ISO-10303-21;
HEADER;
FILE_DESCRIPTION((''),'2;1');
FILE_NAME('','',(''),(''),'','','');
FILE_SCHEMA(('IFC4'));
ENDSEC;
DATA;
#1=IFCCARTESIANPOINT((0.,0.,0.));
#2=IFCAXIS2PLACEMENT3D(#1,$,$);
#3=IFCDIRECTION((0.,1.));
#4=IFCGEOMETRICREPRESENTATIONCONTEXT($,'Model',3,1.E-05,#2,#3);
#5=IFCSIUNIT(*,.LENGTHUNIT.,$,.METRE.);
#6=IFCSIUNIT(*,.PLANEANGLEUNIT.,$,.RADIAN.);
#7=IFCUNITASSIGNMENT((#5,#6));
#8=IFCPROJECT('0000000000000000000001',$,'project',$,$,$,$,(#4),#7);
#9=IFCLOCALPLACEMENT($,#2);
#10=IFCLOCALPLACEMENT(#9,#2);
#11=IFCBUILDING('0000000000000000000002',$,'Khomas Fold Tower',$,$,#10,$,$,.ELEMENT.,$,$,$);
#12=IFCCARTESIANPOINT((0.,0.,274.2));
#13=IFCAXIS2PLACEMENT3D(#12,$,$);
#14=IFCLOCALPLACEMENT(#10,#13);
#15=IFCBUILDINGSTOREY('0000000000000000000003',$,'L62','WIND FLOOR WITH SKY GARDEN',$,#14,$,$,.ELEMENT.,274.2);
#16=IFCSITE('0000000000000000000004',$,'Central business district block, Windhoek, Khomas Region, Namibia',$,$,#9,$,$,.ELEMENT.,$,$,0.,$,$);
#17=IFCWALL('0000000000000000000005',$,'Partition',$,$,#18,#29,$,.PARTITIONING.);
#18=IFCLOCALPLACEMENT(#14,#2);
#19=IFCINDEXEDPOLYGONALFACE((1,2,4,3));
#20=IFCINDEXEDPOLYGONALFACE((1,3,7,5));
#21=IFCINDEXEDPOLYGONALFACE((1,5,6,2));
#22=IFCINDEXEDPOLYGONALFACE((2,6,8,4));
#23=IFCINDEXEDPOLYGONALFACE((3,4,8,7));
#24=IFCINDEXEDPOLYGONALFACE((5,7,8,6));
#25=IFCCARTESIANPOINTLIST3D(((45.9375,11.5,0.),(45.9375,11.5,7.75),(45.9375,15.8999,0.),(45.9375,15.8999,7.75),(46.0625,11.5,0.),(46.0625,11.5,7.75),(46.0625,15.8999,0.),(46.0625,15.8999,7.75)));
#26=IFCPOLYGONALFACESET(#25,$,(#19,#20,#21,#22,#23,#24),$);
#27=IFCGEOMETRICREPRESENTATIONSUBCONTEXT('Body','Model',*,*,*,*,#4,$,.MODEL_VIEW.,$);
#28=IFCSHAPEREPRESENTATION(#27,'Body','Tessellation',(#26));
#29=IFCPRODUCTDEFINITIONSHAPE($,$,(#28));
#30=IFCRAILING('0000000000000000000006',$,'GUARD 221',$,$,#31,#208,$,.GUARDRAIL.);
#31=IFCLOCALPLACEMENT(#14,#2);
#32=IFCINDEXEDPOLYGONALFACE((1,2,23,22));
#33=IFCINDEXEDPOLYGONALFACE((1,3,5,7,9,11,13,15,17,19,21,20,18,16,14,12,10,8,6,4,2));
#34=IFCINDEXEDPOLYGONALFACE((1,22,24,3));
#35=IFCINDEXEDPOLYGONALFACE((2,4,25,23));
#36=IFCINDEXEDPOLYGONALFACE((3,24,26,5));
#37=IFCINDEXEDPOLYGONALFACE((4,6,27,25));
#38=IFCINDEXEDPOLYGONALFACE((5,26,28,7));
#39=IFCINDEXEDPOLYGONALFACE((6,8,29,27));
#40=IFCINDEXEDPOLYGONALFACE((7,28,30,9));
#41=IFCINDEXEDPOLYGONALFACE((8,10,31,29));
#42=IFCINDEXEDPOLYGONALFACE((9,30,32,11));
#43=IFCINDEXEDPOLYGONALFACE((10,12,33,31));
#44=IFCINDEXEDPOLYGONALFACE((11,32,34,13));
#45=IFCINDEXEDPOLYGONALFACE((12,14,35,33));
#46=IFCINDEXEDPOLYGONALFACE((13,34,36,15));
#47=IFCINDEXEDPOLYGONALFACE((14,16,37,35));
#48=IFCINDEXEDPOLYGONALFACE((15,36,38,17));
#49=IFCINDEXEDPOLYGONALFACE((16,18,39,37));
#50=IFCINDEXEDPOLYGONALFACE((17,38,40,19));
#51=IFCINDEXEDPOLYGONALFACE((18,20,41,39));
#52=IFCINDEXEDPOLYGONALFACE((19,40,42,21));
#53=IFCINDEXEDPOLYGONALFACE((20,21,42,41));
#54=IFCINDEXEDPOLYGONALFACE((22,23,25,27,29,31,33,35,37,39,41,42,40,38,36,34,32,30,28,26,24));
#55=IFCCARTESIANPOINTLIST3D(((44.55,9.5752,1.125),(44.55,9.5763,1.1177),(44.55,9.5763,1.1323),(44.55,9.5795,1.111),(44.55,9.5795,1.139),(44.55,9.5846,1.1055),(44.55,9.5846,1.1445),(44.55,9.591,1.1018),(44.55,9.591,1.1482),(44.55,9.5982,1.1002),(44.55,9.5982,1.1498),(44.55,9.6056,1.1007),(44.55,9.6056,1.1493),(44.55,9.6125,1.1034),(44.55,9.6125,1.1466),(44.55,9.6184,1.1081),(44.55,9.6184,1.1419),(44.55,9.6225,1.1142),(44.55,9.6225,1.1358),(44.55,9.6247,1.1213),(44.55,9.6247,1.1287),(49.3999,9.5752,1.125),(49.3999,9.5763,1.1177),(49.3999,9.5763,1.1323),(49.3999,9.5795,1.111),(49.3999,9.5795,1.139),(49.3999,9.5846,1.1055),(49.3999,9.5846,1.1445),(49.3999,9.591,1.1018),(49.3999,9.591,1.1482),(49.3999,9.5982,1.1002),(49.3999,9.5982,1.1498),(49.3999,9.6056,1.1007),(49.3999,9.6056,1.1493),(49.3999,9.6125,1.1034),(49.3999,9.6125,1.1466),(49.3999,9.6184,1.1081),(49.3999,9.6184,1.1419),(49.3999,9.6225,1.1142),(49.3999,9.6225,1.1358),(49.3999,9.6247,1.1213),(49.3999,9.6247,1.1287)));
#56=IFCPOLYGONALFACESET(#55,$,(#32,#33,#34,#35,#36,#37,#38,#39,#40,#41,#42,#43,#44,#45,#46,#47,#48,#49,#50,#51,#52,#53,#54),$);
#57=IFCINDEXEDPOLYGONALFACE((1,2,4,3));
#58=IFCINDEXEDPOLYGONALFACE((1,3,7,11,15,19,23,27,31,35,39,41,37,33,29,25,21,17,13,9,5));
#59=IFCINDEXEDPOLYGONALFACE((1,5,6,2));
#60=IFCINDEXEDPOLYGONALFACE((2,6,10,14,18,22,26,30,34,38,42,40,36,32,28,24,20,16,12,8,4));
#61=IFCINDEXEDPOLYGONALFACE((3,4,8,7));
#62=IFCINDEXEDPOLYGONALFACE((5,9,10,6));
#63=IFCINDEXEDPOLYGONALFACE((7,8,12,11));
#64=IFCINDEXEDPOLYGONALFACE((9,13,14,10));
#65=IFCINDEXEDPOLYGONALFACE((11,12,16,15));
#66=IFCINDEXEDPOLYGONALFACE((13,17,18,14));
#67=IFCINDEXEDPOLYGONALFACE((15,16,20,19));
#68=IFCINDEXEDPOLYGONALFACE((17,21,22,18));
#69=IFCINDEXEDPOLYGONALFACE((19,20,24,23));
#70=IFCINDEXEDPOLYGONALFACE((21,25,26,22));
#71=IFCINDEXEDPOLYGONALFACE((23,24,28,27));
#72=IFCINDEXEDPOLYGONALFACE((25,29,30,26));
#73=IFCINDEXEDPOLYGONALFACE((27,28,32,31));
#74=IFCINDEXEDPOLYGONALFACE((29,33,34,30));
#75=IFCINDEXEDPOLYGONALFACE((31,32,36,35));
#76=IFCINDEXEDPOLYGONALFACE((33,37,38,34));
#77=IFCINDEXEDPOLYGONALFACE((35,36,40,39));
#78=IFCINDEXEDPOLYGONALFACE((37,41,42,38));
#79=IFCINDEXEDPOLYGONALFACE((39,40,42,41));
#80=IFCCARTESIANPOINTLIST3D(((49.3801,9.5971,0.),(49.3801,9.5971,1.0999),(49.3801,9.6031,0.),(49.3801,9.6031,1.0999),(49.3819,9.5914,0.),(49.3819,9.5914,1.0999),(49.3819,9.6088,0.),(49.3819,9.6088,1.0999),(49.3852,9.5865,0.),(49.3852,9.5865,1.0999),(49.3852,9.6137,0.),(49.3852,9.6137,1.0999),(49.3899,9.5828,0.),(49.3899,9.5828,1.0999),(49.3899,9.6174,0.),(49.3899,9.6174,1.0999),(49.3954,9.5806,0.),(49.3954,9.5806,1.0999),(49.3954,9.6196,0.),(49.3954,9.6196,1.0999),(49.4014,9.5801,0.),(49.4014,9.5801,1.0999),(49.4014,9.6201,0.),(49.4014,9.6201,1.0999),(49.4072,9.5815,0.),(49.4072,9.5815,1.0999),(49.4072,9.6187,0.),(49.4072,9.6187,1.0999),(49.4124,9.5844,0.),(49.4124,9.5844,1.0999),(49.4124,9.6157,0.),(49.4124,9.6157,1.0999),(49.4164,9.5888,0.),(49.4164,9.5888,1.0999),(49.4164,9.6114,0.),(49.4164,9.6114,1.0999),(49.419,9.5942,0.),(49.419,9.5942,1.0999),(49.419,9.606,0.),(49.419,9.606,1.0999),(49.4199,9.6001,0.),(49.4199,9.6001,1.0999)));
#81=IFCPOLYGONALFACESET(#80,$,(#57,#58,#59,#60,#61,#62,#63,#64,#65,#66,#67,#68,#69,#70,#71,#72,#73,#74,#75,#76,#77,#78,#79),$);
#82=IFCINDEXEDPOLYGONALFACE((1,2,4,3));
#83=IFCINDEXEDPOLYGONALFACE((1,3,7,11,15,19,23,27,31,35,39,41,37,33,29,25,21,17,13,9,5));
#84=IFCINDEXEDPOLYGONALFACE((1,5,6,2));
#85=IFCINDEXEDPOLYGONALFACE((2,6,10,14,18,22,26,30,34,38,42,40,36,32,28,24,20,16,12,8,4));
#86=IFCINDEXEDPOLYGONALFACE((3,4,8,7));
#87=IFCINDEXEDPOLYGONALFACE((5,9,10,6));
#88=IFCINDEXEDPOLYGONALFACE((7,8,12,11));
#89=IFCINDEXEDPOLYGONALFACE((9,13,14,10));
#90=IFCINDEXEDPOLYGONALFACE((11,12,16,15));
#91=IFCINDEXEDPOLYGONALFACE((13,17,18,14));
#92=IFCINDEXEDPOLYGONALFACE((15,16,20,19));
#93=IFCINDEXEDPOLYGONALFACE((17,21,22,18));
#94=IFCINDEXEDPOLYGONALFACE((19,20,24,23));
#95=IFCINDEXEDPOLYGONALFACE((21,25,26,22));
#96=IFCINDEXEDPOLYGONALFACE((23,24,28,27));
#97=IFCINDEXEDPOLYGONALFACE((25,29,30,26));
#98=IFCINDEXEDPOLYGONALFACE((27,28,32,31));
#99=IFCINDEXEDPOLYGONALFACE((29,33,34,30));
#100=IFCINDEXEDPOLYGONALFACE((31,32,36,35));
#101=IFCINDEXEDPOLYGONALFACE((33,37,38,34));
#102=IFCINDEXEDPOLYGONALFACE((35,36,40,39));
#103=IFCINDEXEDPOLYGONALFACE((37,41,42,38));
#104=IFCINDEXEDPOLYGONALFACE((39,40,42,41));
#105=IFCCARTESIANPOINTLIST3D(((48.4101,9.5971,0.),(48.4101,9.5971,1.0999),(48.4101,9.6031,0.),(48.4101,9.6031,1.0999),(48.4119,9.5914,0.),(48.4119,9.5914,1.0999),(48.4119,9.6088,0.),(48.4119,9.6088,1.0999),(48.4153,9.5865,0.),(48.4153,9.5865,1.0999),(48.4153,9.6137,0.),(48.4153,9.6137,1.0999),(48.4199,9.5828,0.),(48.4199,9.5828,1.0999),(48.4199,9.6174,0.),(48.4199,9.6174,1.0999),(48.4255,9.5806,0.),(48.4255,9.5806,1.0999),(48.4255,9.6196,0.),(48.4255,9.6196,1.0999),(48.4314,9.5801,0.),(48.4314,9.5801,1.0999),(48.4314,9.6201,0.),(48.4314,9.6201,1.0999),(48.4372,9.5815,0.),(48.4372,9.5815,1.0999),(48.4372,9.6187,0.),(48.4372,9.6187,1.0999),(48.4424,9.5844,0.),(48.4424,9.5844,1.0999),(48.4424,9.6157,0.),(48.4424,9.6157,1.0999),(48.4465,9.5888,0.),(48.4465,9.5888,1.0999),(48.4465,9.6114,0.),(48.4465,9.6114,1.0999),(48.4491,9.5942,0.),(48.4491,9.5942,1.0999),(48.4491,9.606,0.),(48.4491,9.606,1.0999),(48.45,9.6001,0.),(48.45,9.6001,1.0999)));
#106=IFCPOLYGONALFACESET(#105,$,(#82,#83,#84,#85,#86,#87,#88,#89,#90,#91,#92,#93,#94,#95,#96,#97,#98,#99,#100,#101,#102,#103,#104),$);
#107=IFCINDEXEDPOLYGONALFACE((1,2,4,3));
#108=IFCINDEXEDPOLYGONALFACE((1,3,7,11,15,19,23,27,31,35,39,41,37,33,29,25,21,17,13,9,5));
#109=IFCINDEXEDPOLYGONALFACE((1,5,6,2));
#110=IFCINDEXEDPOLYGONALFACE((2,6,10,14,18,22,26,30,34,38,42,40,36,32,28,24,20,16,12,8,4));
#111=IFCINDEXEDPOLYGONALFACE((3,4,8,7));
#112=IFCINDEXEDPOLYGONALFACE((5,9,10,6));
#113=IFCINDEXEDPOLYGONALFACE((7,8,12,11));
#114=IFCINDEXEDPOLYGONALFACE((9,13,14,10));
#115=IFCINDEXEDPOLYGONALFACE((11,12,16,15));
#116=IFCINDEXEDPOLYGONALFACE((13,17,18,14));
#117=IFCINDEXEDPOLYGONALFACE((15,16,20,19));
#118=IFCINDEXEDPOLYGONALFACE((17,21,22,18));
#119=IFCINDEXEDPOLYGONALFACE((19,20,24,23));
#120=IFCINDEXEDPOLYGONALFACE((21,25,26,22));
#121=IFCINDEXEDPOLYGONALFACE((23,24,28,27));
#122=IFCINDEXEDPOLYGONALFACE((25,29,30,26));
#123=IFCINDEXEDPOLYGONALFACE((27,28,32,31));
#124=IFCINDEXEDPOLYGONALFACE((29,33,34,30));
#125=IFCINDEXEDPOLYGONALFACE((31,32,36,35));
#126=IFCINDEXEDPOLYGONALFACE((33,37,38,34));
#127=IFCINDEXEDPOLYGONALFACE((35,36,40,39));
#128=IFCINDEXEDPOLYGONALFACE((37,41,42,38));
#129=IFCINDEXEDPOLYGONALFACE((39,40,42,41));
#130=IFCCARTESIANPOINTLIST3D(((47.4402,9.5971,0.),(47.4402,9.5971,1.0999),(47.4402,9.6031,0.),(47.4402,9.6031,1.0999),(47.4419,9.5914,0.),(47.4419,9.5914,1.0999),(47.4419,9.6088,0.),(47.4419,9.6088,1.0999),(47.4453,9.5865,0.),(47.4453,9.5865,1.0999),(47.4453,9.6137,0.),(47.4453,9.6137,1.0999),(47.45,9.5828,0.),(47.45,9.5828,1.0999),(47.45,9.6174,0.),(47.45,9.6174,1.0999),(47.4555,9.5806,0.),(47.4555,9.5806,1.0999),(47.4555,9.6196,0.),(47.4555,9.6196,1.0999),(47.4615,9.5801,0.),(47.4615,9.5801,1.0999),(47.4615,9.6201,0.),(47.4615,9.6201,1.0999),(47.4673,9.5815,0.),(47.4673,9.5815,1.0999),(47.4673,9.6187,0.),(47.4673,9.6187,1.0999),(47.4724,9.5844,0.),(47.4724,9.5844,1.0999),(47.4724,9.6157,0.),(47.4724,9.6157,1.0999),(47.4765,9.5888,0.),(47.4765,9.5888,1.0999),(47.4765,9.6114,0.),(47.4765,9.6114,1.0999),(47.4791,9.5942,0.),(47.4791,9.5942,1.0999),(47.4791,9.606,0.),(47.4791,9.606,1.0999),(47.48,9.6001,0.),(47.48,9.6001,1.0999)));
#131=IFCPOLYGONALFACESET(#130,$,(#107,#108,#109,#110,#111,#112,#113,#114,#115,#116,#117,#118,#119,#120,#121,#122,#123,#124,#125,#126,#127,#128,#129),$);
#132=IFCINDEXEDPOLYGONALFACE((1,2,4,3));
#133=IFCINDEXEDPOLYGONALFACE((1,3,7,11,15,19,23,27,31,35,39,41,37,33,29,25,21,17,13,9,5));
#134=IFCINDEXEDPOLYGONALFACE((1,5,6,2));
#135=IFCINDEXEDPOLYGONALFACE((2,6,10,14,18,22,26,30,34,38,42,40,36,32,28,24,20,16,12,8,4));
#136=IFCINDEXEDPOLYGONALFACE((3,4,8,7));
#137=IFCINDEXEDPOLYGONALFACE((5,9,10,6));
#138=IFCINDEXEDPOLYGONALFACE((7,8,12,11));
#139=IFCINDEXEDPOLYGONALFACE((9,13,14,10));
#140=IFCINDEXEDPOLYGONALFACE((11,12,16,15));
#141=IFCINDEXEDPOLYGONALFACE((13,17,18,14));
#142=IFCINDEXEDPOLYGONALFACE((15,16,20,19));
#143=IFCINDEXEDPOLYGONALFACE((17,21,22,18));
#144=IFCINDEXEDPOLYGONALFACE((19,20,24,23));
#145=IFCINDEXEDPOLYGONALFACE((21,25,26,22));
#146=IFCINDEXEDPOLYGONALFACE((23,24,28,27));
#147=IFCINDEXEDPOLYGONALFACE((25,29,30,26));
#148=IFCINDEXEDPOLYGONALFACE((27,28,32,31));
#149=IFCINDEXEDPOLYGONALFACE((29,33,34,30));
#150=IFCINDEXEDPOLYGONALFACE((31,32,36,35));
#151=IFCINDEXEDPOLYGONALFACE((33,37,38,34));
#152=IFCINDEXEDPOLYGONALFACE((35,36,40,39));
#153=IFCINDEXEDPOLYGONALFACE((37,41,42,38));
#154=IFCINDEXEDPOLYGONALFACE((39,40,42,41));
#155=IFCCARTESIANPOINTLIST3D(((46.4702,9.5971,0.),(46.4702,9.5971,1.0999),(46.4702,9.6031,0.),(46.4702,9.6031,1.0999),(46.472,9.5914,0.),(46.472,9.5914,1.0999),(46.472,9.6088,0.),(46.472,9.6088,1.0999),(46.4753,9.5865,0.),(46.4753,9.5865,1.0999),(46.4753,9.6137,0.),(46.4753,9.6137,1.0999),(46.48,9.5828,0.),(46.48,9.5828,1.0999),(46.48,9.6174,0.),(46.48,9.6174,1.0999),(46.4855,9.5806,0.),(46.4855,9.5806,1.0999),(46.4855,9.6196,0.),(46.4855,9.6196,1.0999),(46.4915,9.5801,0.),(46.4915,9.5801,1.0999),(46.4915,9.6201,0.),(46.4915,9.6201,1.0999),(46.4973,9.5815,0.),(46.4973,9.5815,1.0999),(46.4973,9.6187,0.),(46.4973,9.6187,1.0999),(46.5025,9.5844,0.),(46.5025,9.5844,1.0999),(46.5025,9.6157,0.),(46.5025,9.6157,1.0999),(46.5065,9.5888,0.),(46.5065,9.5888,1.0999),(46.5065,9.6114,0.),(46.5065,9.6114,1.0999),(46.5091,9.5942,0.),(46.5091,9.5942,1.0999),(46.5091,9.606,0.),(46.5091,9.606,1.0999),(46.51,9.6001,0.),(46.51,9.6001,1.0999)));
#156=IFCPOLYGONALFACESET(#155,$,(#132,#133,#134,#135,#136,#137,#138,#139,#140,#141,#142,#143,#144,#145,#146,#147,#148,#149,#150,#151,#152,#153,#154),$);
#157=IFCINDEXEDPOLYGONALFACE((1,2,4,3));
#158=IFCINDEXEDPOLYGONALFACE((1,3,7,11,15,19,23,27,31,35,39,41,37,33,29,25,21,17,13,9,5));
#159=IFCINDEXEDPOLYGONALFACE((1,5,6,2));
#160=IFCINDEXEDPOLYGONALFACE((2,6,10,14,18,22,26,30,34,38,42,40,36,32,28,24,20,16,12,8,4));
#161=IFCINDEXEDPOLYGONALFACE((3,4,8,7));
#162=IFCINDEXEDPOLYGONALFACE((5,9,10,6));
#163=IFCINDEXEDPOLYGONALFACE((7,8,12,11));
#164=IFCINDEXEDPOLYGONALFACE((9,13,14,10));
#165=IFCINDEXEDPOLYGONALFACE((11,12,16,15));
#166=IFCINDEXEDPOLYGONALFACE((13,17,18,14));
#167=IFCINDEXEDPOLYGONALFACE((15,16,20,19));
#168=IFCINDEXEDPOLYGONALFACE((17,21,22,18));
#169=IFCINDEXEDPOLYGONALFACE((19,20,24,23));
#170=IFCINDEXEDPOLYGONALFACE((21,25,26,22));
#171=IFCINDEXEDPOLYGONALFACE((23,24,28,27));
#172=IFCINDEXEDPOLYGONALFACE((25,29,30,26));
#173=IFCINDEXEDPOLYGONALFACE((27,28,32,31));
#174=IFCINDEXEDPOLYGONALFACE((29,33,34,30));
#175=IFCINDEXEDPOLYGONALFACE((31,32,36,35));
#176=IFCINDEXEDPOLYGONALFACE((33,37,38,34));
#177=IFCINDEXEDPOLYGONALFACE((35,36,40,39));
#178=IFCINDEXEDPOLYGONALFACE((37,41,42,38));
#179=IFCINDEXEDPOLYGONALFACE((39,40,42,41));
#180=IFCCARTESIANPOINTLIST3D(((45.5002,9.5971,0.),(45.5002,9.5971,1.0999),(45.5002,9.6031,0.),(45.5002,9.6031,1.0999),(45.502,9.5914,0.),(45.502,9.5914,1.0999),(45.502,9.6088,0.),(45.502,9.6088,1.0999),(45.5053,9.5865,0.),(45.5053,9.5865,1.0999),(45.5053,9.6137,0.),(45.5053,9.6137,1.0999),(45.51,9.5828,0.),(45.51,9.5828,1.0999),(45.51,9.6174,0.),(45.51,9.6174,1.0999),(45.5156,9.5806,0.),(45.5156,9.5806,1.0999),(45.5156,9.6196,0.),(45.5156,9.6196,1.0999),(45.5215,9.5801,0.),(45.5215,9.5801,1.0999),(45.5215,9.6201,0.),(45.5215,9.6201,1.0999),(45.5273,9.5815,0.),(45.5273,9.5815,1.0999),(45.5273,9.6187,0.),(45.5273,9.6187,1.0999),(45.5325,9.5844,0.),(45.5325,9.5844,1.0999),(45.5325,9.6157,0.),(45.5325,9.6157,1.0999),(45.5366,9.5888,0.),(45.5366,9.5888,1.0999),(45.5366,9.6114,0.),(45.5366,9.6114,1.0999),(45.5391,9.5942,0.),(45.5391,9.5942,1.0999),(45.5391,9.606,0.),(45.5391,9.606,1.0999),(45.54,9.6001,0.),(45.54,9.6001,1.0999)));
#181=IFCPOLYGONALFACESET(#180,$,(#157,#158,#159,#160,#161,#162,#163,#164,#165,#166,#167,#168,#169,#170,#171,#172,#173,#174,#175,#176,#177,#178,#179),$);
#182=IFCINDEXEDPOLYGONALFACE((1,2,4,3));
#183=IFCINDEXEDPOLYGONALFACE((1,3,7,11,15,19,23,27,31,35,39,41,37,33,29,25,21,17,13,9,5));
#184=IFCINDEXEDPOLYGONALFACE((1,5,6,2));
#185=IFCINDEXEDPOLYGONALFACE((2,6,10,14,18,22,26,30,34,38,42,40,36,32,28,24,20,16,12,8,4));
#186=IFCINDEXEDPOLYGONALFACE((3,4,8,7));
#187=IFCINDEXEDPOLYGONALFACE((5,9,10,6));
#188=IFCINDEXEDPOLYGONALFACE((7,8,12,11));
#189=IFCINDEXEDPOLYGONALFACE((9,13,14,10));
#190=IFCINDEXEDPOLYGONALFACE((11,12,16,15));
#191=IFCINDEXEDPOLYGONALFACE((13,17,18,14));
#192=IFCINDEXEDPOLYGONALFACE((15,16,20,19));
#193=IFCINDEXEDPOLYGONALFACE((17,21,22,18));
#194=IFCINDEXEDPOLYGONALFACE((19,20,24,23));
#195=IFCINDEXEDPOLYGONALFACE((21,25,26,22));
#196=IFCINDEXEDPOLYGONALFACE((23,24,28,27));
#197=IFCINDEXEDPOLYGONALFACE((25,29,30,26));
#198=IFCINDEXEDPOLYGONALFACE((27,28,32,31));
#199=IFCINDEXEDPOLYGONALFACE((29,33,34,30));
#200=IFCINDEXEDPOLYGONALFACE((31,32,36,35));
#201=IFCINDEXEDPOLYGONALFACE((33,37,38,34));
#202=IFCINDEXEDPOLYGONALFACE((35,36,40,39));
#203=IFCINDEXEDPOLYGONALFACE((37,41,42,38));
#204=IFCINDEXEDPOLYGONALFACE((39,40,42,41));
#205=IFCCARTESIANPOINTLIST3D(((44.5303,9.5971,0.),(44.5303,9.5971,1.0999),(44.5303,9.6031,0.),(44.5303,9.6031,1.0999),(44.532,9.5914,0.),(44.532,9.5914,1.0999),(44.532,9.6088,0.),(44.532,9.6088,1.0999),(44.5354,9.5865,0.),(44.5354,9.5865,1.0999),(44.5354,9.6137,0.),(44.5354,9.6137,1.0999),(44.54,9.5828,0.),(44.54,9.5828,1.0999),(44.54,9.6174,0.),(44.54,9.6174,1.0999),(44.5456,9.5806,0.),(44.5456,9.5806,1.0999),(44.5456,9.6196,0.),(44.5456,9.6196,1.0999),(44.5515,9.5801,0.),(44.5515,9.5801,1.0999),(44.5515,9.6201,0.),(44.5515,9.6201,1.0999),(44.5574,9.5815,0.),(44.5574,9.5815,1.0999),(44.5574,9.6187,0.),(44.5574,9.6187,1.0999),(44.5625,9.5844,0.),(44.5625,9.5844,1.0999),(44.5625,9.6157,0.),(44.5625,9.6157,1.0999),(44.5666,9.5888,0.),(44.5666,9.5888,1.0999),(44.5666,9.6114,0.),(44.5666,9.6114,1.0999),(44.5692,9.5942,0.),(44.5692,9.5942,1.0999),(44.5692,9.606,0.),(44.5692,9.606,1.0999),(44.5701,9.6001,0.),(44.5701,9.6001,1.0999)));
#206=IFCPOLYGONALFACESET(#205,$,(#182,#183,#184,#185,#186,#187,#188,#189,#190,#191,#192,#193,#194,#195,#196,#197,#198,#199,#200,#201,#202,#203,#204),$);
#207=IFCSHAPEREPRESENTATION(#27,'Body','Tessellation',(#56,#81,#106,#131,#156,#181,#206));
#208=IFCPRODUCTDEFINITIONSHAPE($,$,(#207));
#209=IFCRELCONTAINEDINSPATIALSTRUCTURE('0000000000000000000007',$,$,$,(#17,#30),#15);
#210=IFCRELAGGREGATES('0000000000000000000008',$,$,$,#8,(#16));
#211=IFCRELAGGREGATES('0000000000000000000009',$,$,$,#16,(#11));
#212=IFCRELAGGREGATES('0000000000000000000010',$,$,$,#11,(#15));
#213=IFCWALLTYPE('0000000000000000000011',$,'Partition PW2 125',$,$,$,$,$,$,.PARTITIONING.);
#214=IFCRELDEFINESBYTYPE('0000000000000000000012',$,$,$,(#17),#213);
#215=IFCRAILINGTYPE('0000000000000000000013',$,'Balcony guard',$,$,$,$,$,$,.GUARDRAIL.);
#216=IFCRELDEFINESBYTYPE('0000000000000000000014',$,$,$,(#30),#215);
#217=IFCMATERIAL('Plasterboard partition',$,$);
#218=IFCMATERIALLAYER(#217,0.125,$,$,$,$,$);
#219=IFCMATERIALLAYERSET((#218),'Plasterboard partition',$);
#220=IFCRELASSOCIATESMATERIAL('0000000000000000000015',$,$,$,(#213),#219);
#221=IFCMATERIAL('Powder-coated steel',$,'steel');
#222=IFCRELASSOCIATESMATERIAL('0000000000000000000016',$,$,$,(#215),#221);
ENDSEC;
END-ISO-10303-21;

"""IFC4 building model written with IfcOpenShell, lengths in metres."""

from ifc_helpers import new_model, si_unit, direction, frame, frame_2d, origin, origin_2d, place, context, subcontext, project, spatial, rectangle, circle, extrude, source, transform, mapped, material, layer, layer_set, type_object, element, save


model = new_model("IFC4")

# Units and contexts
model_context = context("Model", 3, precision=1e-05, world=origin(), true_north=direction((0.0, 1.0)))
body_context = subcontext(model_context, "Body", "Model", "MODEL_VIEW")
ifc_project = project(units=[si_unit("LENGTHUNIT", "METRE"), si_unit("PLANEANGLEUNIT", "RADIAN")], contexts=[model_context])

# Site, building, storey
site_placement = place(None, origin())
site = spatial("IfcSite", under=ifc_project, at=site_placement, Name="Central business district block, Windhoek, Khomas Region, Namibia", CompositionType="ELEMENT", RefElevation=0.0)
building_placement = place(site_placement, origin())
building = spatial("IfcBuilding", under=site, at=building_placement, Name="Khomas Fold Tower", CompositionType="ELEMENT")
storey_placement = place(building_placement, frame((0.0, 0.0, 274.2)))
storey = spatial("IfcBuildingStorey", under=building, at=storey_placement, Name="L62", Description="WIND FLOOR WITH SKY GARDEN", CompositionType="ELEMENT", Elevation=274.2)

# Wall
ifc_material_1 = material(Name="Plasterboard partition")
ifc_layer_1 = layer(ifc_material_1, 0.125)
ifc_layer_set_1 = layer_set([ifc_layer_1], Name="Plasterboard partition")
wall_type = type_object("IfcWallType", Name="Partition PW2 125", PredefinedType="PARTITIONING", material=ifc_layer_set_1)
shared_shape_1 = source(origin(), body_context, "Body", "SweptSolid", [
    extrude(rectangle(XDim=4.3999, YDim=0.125, at=frame_2d((2.2, 0.0))), origin(), (0.0, 0.0, 1.0), 7.75),
])
wall_placement = place(storey_placement, frame((46.0, 11.5, 0.0), z_axis=(0.0, 0.0, 1.0), x_axis=(0.0, 1.0, 0.0)))
element("IfcWall", 1, at=wall_placement, inside=storey, type_object=wall_type, Name="Partition", PredefinedType="PARTITIONING", context=body_context, shape_type="MappedRepresentation", body=[
    mapped(shared_shape_1, transform((0.0, 0.0, 0.0))),
])

# Railing
ifc_material_2 = material(Name="Powder-coated steel", Category="steel")
railing_type = type_object("IfcRailingType", Name="Balcony guard", PredefinedType="GUARDRAIL", material=ifc_material_2)
shared_shape_2 = source(origin(), body_context, "Body", "SweptSolid", [
    extrude(circle(Radius=0.0249, at=origin_2d()), frame((0.0, 0.0, 1.125), z_axis=(-1.0, 0.0, 0.0), x_axis=(0.0, -1.0, 0.0)), (0.0, 0.0, 1.0), 4.8499),
    extrude(circle(Radius=0.02, at=origin_2d()), origin(), (0.0, 0.0, 1.0), 1.0999),
    extrude(circle(Radius=0.02, at=origin_2d()), frame((-0.97, 0.0, 0.0)), (0.0, 0.0, 1.0), 1.0999),
    extrude(circle(Radius=0.02, at=origin_2d()), frame((-1.9399, 0.0, 0.0)), (0.0, 0.0, 1.0), 1.0999),
    extrude(circle(Radius=0.02, at=origin_2d()), frame((-2.9099, 0.0, 0.0)), (0.0, 0.0, 1.0), 1.0999),
    extrude(circle(Radius=0.02, at=origin_2d()), frame((-3.8799, 0.0, 0.0)), (0.0, 0.0, 1.0), 1.0999),
    extrude(circle(Radius=0.02, at=origin_2d()), frame((-4.8499, 0.0, 0.0)), (0.0, 0.0, 1.0), 1.0999),
])
railing_1_placement = place(storey_placement, frame((49.3999, 9.6001, 0.0)))
element("IfcRailing", 2, at=railing_1_placement, inside=storey, type_object=railing_type, Name="GUARD 221", PredefinedType="GUARDRAIL", context=body_context, shape_type="MappedRepresentation", body=[
    mapped(shared_shape_2, transform((0.0, 0.0, 0.0))),
])

save(model, "model.ifc")
